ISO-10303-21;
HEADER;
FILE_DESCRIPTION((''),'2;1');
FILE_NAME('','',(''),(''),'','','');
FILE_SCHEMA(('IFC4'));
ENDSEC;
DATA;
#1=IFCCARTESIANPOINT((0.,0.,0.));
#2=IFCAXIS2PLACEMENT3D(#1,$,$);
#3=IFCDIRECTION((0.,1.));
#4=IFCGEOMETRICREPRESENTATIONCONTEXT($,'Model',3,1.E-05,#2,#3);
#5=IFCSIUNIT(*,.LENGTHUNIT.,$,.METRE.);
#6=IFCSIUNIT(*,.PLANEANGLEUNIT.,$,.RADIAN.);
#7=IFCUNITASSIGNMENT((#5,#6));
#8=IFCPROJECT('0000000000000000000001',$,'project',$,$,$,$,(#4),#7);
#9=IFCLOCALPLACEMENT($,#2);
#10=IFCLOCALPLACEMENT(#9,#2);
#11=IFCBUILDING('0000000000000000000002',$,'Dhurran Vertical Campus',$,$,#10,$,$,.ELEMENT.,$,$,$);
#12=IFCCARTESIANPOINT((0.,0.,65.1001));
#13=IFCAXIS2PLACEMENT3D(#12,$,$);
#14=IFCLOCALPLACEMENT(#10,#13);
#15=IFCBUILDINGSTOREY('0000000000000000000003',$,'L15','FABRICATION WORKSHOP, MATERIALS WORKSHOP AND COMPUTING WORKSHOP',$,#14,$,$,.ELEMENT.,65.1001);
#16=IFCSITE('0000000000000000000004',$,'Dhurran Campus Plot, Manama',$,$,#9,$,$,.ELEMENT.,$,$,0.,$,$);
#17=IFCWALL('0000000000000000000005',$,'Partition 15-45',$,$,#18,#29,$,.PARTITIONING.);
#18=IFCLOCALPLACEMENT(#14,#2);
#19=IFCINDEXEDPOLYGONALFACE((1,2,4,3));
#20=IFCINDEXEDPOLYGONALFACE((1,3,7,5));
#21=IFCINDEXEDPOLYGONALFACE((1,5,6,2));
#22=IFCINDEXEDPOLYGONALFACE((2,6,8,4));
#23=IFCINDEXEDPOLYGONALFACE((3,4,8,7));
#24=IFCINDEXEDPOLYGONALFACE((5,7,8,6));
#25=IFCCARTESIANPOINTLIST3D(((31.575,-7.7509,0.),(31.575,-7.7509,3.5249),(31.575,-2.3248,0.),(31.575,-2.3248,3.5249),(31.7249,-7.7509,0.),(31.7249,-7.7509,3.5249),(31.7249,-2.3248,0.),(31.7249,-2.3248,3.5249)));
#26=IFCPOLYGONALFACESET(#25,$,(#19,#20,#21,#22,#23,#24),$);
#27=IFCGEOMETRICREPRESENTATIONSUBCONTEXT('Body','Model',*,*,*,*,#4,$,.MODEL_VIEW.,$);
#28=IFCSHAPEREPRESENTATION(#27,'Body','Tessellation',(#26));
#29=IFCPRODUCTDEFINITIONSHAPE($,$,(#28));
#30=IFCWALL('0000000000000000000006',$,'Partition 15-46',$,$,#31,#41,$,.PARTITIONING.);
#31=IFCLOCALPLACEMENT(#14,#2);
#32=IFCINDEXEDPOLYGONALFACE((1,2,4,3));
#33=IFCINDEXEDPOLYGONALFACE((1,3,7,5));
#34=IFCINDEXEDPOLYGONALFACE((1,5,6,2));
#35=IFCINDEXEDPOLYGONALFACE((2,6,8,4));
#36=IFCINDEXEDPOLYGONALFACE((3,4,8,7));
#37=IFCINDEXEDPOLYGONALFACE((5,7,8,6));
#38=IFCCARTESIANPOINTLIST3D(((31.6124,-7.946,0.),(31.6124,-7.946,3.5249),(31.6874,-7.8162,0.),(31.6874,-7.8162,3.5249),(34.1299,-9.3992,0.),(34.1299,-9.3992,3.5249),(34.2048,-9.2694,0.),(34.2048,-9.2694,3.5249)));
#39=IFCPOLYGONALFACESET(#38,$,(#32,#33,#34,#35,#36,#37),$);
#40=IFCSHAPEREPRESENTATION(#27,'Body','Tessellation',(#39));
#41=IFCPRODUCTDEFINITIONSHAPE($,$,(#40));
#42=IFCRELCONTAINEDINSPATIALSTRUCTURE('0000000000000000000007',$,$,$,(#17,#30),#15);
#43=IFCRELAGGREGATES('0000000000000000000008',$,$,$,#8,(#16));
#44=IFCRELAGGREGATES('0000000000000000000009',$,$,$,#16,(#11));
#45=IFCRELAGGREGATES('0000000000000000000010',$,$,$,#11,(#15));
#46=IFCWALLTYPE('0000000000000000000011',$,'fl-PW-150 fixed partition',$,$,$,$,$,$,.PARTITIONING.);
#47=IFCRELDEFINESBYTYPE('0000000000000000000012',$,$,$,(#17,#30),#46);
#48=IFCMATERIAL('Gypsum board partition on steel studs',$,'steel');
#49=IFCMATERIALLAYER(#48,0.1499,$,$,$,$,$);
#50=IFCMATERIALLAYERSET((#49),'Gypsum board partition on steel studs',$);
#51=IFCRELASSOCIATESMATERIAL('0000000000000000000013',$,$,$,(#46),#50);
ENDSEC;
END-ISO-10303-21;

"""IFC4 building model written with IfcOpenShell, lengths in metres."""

from ifc_helpers import new_model, si_unit, direction, frame, frame_2d, origin, place, context, subcontext, project, spatial, rectangle, extrude, material, layer, layer_set, type_object, element, save


model = new_model("IFC4")

# Units and contexts
model_context = context("Model", 3, precision=1e-05, world=origin(), true_north=direction((0.0, 1.0)))
body_context = subcontext(model_context, "Body", "Model", "MODEL_VIEW")
ifc_project = project(units=[si_unit("LENGTHUNIT", "METRE"), si_unit("PLANEANGLEUNIT", "RADIAN")], contexts=[model_context])

# Site, building, storey
site_placement = place(None, origin())
site = spatial("IfcSite", under=ifc_project, at=site_placement, Name="Dhurran Campus Plot, Manama", CompositionType="ELEMENT", RefElevation=0.0)
building_placement = place(site_placement, origin())
building = spatial("IfcBuilding", under=site, at=building_placement, Name="Dhurran Vertical Campus", CompositionType="ELEMENT")
storey_placement = place(building_placement, frame((0.0, 0.0, 65.1001)))
storey = spatial("IfcBuildingStorey", under=building, at=storey_placement, Name="L15", Description="FABRICATION WORKSHOP, MATERIALS WORKSHOP AND COMPUTING WORKSHOP", CompositionType="ELEMENT", Elevation=65.1001)

# Walls
ifc_material_1 = material(Name="Gypsum board partition on steel studs", Category="steel")
ifc_layer_1 = layer(ifc_material_1, 0.1499)
ifc_layer_set_1 = layer_set([ifc_layer_1], Name="Gypsum board partition on steel studs")
wall_type_1 = type_object("IfcWallType", Name="fl-PW-150 fixed partition", PredefinedType="PARTITIONING", material=ifc_layer_set_1)
wall_1_placement = place(storey_placement, frame((31.6499, -2.325, 0.0), z_axis=(0.0, 0.0, 1.0), x_axis=(0.0, -1.0, 0.0)))
element("IfcWall", 1, at=wall_1_placement, inside=storey, type_object=wall_type_1, Name="Partition 15-45", PredefinedType="PARTITIONING", context=body_context, shape_type="SweptSolid", body=[
    extrude(rectangle(XDim=5.426, YDim=0.1499, at=frame_2d((2.7129, 0.0))), origin(), (0.0, 0.0, 1.0), 3.5249),
])
wall_2_placement = place(storey_placement, frame((31.6499, -7.8811, 0.0), z_axis=(0.0, 0.0, 1.0), x_axis=(0.866064, -0.499933, 0.0)))
element("IfcWall", 2, at=wall_2_placement, inside=storey, type_object=wall_type_1, Name="Partition 15-46", PredefinedType="PARTITIONING", context=body_context, shape_type="SweptSolid", body=[
    extrude(rectangle(XDim=2.9067, YDim=0.1499, at=frame_2d((1.4534, 0.0))), origin(), (0.0, 0.0, 1.0), 3.5249),
])

save(model, "model.ifc")
